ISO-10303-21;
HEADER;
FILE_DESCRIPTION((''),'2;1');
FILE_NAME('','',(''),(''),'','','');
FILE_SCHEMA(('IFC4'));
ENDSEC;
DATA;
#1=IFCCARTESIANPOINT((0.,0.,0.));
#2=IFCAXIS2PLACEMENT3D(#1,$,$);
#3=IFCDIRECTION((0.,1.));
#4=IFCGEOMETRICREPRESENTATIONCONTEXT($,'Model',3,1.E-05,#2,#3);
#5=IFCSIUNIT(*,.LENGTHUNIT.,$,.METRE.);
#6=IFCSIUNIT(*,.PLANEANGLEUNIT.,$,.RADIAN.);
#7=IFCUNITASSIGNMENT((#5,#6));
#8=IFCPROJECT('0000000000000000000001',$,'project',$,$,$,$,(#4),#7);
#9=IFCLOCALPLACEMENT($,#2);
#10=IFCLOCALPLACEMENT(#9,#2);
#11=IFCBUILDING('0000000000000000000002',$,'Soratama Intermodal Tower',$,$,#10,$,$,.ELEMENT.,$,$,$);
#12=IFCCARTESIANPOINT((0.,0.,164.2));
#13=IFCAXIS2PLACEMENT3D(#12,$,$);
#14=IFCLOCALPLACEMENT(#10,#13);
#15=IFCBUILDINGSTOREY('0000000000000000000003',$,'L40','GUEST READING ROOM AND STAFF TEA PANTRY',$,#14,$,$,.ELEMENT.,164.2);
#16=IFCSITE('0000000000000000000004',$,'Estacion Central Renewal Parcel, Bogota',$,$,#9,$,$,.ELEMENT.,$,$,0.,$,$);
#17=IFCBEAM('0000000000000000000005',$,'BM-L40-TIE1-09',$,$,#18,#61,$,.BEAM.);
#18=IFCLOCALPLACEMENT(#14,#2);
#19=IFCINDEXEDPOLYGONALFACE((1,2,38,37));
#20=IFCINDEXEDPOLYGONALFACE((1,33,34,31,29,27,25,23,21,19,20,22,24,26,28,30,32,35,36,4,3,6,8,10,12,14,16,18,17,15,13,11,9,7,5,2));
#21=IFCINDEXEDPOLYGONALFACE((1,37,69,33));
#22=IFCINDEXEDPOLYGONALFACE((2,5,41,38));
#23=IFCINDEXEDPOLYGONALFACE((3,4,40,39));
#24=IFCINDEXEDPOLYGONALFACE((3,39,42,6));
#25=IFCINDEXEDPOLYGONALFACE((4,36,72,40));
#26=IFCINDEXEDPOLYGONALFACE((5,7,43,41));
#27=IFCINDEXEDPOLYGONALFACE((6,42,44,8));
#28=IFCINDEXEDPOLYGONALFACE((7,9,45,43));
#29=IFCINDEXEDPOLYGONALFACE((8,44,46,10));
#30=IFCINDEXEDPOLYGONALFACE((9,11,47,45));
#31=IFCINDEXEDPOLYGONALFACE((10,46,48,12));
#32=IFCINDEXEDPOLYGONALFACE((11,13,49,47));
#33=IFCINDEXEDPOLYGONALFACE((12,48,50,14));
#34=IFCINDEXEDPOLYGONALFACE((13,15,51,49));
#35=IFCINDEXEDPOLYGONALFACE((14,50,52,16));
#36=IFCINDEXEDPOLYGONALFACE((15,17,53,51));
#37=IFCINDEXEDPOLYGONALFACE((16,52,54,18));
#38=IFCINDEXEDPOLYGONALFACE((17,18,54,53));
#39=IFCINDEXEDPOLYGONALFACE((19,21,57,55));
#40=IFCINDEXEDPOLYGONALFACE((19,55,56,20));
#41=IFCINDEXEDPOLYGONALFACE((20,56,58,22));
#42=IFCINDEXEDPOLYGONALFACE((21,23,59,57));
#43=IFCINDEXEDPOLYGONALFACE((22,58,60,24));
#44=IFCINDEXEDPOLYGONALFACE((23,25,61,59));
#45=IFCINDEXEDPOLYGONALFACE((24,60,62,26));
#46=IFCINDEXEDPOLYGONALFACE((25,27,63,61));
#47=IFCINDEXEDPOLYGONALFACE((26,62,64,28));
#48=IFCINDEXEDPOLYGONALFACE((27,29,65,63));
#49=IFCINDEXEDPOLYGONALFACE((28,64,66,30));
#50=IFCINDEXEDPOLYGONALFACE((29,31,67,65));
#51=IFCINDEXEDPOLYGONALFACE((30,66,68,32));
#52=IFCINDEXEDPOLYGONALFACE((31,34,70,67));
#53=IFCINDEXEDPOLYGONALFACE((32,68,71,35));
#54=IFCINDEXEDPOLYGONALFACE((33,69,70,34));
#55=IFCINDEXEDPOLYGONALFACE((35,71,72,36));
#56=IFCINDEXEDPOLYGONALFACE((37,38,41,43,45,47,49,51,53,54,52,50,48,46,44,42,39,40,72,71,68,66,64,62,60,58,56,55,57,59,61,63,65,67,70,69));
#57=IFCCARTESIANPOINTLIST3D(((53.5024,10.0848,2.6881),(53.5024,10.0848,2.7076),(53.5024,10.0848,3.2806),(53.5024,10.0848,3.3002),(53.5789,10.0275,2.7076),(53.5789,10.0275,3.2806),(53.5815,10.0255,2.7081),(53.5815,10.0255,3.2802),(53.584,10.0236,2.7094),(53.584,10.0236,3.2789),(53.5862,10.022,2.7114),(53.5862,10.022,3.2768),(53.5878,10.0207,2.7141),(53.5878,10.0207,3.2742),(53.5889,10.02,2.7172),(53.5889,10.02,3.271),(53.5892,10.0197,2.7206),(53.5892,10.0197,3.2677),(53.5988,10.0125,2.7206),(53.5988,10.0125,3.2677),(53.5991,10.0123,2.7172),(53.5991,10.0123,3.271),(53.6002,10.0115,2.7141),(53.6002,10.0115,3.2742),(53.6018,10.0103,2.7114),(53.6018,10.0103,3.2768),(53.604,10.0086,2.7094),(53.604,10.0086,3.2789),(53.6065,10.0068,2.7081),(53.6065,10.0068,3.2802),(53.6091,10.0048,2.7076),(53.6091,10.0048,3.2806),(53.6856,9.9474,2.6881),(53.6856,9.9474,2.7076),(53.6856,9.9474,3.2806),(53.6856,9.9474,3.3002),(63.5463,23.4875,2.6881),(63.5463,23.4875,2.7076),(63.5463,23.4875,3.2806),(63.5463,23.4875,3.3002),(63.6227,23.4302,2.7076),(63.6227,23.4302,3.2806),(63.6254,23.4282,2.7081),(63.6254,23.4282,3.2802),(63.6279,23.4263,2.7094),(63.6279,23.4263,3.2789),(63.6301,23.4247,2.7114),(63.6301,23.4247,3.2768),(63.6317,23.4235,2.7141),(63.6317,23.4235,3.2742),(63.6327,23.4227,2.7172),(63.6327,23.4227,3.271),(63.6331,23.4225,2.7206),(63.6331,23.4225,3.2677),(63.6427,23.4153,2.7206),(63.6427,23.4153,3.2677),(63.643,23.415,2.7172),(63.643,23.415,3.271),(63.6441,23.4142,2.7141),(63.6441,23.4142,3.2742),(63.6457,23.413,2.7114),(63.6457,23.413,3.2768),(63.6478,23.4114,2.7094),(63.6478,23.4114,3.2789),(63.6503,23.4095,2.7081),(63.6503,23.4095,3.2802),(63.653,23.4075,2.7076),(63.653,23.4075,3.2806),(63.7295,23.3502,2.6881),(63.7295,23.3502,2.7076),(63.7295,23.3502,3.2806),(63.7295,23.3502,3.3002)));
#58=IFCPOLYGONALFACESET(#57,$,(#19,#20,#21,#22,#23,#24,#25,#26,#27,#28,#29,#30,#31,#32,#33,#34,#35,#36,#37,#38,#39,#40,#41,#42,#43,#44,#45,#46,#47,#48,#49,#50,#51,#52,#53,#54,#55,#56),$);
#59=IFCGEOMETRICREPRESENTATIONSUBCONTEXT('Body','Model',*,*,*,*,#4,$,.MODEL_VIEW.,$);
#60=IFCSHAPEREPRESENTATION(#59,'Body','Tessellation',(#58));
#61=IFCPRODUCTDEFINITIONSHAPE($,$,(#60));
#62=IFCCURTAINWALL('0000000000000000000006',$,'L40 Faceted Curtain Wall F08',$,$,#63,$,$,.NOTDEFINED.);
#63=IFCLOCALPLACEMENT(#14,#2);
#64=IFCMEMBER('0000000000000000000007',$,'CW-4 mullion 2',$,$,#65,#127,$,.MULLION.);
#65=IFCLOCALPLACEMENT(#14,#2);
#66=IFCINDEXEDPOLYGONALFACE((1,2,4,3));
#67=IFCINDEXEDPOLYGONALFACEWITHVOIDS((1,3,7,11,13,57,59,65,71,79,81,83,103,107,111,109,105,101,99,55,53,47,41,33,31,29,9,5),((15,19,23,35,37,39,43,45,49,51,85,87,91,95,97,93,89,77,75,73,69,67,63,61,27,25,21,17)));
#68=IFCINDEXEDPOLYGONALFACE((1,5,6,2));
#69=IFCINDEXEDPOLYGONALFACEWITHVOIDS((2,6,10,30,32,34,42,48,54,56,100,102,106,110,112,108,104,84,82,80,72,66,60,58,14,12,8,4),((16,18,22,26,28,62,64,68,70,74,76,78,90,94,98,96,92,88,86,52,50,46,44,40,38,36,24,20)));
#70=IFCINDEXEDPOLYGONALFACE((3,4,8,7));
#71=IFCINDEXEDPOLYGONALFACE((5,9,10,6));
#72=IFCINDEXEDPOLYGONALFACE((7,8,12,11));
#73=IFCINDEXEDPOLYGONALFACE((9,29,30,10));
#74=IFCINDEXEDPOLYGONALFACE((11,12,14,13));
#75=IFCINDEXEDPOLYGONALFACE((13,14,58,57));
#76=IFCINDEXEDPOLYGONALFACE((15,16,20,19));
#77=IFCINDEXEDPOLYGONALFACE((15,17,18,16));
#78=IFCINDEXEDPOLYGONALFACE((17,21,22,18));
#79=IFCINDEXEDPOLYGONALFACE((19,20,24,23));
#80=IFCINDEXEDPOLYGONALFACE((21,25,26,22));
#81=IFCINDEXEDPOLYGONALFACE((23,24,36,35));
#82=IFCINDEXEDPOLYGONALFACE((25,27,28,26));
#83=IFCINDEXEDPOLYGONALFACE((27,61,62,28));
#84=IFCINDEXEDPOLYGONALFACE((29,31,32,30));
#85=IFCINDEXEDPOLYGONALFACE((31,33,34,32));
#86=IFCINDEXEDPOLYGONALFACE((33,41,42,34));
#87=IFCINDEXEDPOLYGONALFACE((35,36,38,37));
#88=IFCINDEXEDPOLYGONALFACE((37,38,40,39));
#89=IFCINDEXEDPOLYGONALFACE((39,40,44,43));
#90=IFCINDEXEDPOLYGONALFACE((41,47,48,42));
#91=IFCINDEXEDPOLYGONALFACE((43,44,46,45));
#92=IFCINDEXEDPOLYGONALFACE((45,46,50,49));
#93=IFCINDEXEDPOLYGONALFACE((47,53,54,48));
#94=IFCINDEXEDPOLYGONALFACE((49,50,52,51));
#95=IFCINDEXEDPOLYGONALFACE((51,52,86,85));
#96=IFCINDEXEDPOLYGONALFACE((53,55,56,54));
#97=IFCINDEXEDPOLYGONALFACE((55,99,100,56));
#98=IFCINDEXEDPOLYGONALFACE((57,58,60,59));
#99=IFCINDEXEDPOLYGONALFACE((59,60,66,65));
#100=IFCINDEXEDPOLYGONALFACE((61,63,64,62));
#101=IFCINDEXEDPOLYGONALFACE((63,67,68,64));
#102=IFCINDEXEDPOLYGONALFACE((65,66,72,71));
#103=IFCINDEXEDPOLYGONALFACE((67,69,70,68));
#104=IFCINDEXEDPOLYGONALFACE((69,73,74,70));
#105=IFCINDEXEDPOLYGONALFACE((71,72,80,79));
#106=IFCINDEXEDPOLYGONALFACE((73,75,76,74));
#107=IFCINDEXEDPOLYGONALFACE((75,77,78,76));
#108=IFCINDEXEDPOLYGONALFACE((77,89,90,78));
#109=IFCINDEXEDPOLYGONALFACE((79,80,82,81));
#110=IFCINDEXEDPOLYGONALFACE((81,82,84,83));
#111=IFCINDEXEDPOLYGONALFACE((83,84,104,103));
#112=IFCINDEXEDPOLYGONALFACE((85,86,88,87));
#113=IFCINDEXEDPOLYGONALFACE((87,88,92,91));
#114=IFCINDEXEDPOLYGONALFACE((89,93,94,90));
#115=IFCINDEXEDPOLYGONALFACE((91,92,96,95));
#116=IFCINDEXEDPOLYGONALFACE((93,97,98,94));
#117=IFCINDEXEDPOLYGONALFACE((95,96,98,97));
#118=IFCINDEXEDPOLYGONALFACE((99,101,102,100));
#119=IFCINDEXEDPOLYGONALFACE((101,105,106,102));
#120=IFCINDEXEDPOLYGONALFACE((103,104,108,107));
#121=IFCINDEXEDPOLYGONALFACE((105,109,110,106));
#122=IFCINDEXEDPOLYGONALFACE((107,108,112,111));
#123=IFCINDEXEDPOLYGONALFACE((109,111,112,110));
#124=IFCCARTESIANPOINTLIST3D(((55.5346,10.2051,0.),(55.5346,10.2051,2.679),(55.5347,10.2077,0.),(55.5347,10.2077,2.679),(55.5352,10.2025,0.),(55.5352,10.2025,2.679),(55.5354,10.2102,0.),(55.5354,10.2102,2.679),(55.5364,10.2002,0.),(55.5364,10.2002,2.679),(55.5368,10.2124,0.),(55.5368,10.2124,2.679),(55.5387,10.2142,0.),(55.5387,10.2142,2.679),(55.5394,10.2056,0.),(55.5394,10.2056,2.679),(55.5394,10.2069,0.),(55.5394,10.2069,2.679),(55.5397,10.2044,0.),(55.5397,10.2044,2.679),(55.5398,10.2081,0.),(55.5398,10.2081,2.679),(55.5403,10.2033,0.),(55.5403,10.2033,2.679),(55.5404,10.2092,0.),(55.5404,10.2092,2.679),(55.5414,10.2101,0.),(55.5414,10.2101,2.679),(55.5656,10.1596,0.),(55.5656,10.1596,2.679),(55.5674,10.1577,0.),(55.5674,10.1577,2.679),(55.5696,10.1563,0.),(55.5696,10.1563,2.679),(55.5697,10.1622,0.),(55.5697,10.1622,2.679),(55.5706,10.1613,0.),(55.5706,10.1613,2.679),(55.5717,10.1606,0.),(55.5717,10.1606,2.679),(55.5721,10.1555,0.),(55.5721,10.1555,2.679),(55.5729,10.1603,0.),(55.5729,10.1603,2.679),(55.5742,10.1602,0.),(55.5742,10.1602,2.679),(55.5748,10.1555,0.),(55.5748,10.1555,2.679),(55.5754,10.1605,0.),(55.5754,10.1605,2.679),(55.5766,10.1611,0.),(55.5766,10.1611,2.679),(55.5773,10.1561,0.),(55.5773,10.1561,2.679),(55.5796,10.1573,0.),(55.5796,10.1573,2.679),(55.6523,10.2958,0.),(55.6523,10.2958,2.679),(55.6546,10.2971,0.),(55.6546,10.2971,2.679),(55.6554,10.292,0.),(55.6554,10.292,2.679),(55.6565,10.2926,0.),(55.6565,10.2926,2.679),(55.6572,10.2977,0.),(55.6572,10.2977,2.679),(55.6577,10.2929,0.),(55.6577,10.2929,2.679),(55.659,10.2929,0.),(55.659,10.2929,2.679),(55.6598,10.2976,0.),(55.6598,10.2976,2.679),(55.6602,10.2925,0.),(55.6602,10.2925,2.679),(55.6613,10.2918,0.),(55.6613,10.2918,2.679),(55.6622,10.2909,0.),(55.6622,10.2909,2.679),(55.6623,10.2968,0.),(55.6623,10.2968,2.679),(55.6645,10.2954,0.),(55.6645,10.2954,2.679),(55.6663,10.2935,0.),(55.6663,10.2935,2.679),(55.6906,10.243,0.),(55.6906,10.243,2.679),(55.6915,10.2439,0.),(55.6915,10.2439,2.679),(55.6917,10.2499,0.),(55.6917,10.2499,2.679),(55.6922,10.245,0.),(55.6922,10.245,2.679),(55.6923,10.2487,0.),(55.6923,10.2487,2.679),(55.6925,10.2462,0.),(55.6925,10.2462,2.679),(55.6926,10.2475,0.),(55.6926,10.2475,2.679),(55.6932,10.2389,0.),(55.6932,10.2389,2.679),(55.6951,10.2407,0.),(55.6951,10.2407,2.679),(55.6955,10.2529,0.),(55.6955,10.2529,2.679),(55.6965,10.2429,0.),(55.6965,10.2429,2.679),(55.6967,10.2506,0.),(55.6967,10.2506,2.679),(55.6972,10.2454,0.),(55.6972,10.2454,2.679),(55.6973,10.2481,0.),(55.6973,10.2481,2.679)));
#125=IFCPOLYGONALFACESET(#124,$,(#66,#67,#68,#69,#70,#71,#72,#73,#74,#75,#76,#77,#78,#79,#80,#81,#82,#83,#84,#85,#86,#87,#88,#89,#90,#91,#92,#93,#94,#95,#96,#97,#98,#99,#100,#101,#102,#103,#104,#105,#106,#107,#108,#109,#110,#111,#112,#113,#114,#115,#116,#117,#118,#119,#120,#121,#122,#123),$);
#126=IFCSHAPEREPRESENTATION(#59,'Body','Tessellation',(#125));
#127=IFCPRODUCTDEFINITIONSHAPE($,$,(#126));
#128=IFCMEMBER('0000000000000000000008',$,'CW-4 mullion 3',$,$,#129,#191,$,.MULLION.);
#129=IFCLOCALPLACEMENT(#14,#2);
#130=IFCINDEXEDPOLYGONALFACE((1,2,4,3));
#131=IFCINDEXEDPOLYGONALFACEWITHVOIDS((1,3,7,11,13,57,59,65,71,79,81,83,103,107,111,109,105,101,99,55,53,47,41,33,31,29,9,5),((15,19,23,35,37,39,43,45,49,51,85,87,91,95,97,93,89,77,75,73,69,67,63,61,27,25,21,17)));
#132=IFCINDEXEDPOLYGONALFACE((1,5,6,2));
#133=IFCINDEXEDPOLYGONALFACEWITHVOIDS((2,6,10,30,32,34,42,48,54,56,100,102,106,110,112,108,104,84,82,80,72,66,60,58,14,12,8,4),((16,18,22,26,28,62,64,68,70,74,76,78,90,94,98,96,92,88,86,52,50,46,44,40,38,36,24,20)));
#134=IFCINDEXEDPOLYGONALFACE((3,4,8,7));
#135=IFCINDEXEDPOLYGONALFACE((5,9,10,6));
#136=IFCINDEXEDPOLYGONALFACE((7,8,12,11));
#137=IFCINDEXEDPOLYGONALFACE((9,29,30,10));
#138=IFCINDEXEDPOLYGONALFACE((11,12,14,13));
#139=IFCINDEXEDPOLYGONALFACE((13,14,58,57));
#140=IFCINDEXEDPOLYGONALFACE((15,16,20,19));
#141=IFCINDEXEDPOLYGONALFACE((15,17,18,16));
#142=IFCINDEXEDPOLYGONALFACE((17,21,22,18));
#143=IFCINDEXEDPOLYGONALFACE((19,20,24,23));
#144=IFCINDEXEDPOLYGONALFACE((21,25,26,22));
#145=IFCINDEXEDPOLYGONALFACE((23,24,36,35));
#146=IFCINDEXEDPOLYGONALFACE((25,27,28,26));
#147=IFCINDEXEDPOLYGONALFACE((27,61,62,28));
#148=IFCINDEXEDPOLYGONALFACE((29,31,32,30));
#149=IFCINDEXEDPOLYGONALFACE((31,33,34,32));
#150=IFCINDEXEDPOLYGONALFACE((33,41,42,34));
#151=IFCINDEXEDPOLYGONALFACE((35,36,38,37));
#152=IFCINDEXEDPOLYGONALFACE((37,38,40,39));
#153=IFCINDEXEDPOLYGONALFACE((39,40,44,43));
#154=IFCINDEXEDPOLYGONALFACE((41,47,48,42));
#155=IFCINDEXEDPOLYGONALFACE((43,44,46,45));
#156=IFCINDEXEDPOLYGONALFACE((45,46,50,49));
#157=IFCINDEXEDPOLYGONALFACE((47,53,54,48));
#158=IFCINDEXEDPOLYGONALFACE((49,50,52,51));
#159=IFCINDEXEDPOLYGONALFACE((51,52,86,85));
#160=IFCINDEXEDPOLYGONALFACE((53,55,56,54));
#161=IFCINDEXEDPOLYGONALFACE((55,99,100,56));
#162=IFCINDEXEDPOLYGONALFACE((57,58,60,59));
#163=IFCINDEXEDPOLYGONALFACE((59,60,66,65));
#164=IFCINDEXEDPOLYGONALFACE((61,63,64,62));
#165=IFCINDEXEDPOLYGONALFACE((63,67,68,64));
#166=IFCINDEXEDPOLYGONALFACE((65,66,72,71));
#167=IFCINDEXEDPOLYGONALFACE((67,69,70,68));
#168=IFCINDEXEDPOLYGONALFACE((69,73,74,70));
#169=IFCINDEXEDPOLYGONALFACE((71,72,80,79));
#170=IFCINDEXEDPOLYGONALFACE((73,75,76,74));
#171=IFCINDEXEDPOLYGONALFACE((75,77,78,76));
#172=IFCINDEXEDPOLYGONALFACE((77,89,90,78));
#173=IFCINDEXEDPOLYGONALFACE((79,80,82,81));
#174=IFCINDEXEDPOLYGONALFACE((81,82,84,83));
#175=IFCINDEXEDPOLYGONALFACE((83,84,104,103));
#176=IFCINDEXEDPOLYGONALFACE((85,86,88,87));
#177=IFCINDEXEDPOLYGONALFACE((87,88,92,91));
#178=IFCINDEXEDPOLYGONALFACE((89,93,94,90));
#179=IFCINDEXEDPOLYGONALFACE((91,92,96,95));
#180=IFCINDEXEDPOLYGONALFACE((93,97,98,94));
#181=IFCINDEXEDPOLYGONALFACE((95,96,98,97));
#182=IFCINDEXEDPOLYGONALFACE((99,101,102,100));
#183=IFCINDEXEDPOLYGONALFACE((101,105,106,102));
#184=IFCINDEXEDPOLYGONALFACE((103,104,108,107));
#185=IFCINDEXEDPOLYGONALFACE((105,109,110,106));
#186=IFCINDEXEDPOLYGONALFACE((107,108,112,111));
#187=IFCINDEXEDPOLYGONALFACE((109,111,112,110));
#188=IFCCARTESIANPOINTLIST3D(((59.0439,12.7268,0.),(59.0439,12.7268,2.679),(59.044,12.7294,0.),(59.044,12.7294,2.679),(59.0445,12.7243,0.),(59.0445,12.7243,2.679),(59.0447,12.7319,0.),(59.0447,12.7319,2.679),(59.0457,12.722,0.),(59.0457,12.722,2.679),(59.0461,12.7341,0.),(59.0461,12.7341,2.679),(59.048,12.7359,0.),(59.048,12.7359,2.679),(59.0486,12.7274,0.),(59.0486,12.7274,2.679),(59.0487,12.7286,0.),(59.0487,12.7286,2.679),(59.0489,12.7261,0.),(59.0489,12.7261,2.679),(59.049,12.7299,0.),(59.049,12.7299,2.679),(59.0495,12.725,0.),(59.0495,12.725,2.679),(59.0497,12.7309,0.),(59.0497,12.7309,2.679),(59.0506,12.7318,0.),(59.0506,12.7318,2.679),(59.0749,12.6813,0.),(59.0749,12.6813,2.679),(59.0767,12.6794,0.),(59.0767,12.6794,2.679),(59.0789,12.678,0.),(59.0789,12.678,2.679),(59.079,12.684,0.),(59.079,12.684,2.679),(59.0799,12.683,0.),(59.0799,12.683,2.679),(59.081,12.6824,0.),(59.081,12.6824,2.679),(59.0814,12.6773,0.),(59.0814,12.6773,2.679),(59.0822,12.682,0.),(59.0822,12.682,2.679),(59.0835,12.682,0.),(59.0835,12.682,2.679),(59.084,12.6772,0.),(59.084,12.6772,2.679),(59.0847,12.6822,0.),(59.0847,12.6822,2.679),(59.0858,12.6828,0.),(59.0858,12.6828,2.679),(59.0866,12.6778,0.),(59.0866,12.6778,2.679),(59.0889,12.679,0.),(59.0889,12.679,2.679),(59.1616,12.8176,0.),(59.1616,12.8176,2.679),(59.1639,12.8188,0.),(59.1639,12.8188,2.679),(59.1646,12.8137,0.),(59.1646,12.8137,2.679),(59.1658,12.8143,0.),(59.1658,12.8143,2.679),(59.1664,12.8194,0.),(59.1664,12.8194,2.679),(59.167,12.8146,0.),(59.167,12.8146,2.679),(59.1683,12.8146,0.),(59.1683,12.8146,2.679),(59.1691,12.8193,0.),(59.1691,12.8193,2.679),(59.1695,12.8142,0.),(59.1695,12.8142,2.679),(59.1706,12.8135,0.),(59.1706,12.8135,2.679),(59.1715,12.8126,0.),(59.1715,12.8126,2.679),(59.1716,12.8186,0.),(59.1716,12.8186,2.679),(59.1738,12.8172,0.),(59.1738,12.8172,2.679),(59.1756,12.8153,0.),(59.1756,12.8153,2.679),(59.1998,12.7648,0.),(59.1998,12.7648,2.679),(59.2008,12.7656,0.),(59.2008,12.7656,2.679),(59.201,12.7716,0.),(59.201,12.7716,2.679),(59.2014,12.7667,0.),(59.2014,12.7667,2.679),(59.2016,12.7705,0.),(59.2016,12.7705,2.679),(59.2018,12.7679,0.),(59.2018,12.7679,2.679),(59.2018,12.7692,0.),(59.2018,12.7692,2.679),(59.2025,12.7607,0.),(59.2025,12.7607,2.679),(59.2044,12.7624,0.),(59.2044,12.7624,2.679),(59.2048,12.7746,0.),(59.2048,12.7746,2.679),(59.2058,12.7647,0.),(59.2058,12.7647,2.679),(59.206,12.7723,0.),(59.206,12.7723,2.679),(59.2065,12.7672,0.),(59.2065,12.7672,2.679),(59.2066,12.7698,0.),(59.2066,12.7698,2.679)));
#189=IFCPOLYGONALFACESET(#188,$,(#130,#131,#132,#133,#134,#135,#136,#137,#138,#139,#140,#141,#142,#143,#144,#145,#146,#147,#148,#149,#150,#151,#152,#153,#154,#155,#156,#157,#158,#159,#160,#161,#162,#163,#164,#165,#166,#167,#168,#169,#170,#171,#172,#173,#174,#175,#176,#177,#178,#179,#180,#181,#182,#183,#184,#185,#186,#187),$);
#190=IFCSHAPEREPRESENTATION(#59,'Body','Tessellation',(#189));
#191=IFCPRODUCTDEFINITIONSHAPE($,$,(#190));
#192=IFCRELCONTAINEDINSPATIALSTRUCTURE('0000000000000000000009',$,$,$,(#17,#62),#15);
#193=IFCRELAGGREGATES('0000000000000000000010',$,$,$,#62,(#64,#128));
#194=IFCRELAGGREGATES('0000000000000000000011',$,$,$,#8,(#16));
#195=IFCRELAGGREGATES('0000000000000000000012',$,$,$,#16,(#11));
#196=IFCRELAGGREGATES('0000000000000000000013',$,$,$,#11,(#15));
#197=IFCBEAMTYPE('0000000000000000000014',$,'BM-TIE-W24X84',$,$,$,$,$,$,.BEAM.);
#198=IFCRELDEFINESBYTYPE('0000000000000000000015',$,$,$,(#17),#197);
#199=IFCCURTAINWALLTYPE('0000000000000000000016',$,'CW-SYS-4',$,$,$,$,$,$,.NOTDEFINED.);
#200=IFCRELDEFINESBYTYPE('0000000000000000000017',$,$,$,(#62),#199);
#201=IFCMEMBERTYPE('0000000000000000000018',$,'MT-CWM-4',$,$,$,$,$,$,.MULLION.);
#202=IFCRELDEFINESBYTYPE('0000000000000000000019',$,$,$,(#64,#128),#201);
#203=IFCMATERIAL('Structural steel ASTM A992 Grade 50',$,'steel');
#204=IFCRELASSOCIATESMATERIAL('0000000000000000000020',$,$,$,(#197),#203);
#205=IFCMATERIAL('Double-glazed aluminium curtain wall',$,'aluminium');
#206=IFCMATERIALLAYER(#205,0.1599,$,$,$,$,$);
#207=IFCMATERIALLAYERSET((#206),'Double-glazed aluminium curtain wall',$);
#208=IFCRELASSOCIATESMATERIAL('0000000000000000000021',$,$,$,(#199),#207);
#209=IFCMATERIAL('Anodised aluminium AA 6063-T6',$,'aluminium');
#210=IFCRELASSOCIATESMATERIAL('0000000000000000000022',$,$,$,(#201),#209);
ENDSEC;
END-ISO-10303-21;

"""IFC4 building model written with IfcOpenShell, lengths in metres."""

from ifc_helpers import new_model, si_unit, direction, frame, origin, origin_2d, place, context, subcontext, project, spatial, hollow_rectangle, i_section, extrude, material, layer, layer_set, material_profile, profile_set, type_object, element, aggregate, save


model = new_model("IFC4")

# Units and contexts
model_context = context("Model", 3, precision=1e-05, world=origin(), true_north=direction((0.0, 1.0)))
body_context = subcontext(model_context, "Body", "Model", "MODEL_VIEW")
ifc_project = project(units=[si_unit("LENGTHUNIT", "METRE"), si_unit("PLANEANGLEUNIT", "RADIAN")], contexts=[model_context])

# Site, building, storey
site_placement = place(None, origin())
site = spatial("IfcSite", under=ifc_project, at=site_placement, Name="Estacion Central Renewal Parcel, Bogota", CompositionType="ELEMENT", RefElevation=0.0)
building_placement = place(site_placement, origin())
building = spatial("IfcBuilding", under=site, at=building_placement, Name="Soratama Intermodal Tower", CompositionType="ELEMENT")
storey_placement = place(building_placement, frame((0.0, 0.0, 164.2)))
storey = spatial("IfcBuildingStorey", under=building, at=storey_placement, Name="L40", Description="GUEST READING ROOM AND STAFF TEA PANTRY", CompositionType="ELEMENT", Elevation=164.2)

# Beam
ifc_material_1 = material(Name="Structural steel ASTM A992 Grade 50", Category="steel")
ifc_material_profile_1 = material_profile(ifc_material_1, i_section(OverallWidth=0.229, OverallDepth=0.6121, WebThickness=0.012, FlangeThickness=0.0195, FilletRadius=0.0129, at=origin_2d()), Name="W24X84")
ifc_profile_set_1 = profile_set([ifc_material_profile_1], Name="Structural steel ASTM A992 Grade 50")
beam_type_1 = type_object("IfcBeamType", Name="BM-TIE-W24X84", PredefinedType="BEAM", material=ifc_profile_set_1)
beam_1_placement = place(storey_placement, frame((53.594, 10.0161, 2.9941), z_axis=(0.599687, 0.800234, 0.0), x_axis=(-0.800234, 0.599687, 0.0)))
element("IfcBeam", 1, at=beam_1_placement, inside=storey, type_object=beam_type_1, Name="BM-L40-TIE1-09", PredefinedType="BEAM", context=body_context, shape_type="SweptSolid", body=[
    extrude(i_section(OverallWidth=0.229, OverallDepth=0.6121, WebThickness=0.012, FlangeThickness=0.0195, FilletRadius=0.0129, at=origin_2d()), origin(), (0.0, 0.0, 1.0), 16.7485),
])

# Curtain wall, members
ifc_material_2 = material(Name="Double-glazed aluminium curtain wall", Category="aluminium")
ifc_layer_1 = layer(ifc_material_2, 0.1599)
ifc_layer_set_1 = layer_set([ifc_layer_1], Name="Double-glazed aluminium curtain wall")
curtain_wall_type = type_object("IfcCurtainWallType", Name="CW-SYS-4", PredefinedType="NOTDEFINED", material=ifc_layer_set_1)
curtain_wall_1_placement = place(storey_placement, origin())
curtain_wall_1 = element("IfcCurtainWall", 2, at=curtain_wall_1_placement, inside=storey, type_object=curtain_wall_type, Name="L40 Faceted Curtain Wall F08", PredefinedType="NOTDEFINED")
ifc_material_3 = material(Name="Anodised aluminium AA 6063-T6", Category="aluminium")
ifc_material_profile_2 = material_profile(ifc_material_3, hollow_rectangle(XDim=0.0701, YDim=0.1599, WallThickness=0.0049, InnerFilletRadius=0.0049, OuterFilletRadius=0.01, at=origin_2d()), Name="CWM160X70X5")
ifc_profile_set_2 = profile_set([ifc_material_profile_2], Name="Anodised aluminium AA 6063-T6")
member_type_1 = type_object("IfcMemberType", Name="MT-CWM-4", PredefinedType="MULLION", material=ifc_profile_set_2)
member_1_placement = place(storey_placement, frame((55.616, 10.2266, 0.0), z_axis=(0.0, 0.0, 1.0), x_axis=(-0.583543, 0.812082, 0.0)))
member_1 = element("IfcMember", 3, at=member_1_placement, type_object=member_type_1, Name="CW-4 mullion 2", PredefinedType="MULLION", context=body_context, shape_type="SweptSolid", body=[
    extrude(hollow_rectangle(XDim=0.0701, YDim=0.1599, WallThickness=0.0049, InnerFilletRadius=0.0049, OuterFilletRadius=0.01, at=origin_2d()), origin(), (0.0, 0.0, 1.0), 2.679),
])
member_2_placement = place(storey_placement, frame((59.1252, 12.7483, 0.0), z_axis=(0.0, 0.0, 1.0), x_axis=(-0.583543, 0.812082, 0.0)))
member_2 = element("IfcMember", 4, at=member_2_placement, type_object=member_type_1, Name="CW-4 mullion 3", PredefinedType="MULLION", context=body_context, shape_type="SweptSolid", body=[
    extrude(hollow_rectangle(XDim=0.0701, YDim=0.1599, WallThickness=0.0049, InnerFilletRadius=0.0049, OuterFilletRadius=0.01, at=origin_2d()), origin(), (0.0, 0.0, 1.0), 2.679),
])

aggregate(curtain_wall_1, [member_1, member_2])

save(model, "model.ifc")
